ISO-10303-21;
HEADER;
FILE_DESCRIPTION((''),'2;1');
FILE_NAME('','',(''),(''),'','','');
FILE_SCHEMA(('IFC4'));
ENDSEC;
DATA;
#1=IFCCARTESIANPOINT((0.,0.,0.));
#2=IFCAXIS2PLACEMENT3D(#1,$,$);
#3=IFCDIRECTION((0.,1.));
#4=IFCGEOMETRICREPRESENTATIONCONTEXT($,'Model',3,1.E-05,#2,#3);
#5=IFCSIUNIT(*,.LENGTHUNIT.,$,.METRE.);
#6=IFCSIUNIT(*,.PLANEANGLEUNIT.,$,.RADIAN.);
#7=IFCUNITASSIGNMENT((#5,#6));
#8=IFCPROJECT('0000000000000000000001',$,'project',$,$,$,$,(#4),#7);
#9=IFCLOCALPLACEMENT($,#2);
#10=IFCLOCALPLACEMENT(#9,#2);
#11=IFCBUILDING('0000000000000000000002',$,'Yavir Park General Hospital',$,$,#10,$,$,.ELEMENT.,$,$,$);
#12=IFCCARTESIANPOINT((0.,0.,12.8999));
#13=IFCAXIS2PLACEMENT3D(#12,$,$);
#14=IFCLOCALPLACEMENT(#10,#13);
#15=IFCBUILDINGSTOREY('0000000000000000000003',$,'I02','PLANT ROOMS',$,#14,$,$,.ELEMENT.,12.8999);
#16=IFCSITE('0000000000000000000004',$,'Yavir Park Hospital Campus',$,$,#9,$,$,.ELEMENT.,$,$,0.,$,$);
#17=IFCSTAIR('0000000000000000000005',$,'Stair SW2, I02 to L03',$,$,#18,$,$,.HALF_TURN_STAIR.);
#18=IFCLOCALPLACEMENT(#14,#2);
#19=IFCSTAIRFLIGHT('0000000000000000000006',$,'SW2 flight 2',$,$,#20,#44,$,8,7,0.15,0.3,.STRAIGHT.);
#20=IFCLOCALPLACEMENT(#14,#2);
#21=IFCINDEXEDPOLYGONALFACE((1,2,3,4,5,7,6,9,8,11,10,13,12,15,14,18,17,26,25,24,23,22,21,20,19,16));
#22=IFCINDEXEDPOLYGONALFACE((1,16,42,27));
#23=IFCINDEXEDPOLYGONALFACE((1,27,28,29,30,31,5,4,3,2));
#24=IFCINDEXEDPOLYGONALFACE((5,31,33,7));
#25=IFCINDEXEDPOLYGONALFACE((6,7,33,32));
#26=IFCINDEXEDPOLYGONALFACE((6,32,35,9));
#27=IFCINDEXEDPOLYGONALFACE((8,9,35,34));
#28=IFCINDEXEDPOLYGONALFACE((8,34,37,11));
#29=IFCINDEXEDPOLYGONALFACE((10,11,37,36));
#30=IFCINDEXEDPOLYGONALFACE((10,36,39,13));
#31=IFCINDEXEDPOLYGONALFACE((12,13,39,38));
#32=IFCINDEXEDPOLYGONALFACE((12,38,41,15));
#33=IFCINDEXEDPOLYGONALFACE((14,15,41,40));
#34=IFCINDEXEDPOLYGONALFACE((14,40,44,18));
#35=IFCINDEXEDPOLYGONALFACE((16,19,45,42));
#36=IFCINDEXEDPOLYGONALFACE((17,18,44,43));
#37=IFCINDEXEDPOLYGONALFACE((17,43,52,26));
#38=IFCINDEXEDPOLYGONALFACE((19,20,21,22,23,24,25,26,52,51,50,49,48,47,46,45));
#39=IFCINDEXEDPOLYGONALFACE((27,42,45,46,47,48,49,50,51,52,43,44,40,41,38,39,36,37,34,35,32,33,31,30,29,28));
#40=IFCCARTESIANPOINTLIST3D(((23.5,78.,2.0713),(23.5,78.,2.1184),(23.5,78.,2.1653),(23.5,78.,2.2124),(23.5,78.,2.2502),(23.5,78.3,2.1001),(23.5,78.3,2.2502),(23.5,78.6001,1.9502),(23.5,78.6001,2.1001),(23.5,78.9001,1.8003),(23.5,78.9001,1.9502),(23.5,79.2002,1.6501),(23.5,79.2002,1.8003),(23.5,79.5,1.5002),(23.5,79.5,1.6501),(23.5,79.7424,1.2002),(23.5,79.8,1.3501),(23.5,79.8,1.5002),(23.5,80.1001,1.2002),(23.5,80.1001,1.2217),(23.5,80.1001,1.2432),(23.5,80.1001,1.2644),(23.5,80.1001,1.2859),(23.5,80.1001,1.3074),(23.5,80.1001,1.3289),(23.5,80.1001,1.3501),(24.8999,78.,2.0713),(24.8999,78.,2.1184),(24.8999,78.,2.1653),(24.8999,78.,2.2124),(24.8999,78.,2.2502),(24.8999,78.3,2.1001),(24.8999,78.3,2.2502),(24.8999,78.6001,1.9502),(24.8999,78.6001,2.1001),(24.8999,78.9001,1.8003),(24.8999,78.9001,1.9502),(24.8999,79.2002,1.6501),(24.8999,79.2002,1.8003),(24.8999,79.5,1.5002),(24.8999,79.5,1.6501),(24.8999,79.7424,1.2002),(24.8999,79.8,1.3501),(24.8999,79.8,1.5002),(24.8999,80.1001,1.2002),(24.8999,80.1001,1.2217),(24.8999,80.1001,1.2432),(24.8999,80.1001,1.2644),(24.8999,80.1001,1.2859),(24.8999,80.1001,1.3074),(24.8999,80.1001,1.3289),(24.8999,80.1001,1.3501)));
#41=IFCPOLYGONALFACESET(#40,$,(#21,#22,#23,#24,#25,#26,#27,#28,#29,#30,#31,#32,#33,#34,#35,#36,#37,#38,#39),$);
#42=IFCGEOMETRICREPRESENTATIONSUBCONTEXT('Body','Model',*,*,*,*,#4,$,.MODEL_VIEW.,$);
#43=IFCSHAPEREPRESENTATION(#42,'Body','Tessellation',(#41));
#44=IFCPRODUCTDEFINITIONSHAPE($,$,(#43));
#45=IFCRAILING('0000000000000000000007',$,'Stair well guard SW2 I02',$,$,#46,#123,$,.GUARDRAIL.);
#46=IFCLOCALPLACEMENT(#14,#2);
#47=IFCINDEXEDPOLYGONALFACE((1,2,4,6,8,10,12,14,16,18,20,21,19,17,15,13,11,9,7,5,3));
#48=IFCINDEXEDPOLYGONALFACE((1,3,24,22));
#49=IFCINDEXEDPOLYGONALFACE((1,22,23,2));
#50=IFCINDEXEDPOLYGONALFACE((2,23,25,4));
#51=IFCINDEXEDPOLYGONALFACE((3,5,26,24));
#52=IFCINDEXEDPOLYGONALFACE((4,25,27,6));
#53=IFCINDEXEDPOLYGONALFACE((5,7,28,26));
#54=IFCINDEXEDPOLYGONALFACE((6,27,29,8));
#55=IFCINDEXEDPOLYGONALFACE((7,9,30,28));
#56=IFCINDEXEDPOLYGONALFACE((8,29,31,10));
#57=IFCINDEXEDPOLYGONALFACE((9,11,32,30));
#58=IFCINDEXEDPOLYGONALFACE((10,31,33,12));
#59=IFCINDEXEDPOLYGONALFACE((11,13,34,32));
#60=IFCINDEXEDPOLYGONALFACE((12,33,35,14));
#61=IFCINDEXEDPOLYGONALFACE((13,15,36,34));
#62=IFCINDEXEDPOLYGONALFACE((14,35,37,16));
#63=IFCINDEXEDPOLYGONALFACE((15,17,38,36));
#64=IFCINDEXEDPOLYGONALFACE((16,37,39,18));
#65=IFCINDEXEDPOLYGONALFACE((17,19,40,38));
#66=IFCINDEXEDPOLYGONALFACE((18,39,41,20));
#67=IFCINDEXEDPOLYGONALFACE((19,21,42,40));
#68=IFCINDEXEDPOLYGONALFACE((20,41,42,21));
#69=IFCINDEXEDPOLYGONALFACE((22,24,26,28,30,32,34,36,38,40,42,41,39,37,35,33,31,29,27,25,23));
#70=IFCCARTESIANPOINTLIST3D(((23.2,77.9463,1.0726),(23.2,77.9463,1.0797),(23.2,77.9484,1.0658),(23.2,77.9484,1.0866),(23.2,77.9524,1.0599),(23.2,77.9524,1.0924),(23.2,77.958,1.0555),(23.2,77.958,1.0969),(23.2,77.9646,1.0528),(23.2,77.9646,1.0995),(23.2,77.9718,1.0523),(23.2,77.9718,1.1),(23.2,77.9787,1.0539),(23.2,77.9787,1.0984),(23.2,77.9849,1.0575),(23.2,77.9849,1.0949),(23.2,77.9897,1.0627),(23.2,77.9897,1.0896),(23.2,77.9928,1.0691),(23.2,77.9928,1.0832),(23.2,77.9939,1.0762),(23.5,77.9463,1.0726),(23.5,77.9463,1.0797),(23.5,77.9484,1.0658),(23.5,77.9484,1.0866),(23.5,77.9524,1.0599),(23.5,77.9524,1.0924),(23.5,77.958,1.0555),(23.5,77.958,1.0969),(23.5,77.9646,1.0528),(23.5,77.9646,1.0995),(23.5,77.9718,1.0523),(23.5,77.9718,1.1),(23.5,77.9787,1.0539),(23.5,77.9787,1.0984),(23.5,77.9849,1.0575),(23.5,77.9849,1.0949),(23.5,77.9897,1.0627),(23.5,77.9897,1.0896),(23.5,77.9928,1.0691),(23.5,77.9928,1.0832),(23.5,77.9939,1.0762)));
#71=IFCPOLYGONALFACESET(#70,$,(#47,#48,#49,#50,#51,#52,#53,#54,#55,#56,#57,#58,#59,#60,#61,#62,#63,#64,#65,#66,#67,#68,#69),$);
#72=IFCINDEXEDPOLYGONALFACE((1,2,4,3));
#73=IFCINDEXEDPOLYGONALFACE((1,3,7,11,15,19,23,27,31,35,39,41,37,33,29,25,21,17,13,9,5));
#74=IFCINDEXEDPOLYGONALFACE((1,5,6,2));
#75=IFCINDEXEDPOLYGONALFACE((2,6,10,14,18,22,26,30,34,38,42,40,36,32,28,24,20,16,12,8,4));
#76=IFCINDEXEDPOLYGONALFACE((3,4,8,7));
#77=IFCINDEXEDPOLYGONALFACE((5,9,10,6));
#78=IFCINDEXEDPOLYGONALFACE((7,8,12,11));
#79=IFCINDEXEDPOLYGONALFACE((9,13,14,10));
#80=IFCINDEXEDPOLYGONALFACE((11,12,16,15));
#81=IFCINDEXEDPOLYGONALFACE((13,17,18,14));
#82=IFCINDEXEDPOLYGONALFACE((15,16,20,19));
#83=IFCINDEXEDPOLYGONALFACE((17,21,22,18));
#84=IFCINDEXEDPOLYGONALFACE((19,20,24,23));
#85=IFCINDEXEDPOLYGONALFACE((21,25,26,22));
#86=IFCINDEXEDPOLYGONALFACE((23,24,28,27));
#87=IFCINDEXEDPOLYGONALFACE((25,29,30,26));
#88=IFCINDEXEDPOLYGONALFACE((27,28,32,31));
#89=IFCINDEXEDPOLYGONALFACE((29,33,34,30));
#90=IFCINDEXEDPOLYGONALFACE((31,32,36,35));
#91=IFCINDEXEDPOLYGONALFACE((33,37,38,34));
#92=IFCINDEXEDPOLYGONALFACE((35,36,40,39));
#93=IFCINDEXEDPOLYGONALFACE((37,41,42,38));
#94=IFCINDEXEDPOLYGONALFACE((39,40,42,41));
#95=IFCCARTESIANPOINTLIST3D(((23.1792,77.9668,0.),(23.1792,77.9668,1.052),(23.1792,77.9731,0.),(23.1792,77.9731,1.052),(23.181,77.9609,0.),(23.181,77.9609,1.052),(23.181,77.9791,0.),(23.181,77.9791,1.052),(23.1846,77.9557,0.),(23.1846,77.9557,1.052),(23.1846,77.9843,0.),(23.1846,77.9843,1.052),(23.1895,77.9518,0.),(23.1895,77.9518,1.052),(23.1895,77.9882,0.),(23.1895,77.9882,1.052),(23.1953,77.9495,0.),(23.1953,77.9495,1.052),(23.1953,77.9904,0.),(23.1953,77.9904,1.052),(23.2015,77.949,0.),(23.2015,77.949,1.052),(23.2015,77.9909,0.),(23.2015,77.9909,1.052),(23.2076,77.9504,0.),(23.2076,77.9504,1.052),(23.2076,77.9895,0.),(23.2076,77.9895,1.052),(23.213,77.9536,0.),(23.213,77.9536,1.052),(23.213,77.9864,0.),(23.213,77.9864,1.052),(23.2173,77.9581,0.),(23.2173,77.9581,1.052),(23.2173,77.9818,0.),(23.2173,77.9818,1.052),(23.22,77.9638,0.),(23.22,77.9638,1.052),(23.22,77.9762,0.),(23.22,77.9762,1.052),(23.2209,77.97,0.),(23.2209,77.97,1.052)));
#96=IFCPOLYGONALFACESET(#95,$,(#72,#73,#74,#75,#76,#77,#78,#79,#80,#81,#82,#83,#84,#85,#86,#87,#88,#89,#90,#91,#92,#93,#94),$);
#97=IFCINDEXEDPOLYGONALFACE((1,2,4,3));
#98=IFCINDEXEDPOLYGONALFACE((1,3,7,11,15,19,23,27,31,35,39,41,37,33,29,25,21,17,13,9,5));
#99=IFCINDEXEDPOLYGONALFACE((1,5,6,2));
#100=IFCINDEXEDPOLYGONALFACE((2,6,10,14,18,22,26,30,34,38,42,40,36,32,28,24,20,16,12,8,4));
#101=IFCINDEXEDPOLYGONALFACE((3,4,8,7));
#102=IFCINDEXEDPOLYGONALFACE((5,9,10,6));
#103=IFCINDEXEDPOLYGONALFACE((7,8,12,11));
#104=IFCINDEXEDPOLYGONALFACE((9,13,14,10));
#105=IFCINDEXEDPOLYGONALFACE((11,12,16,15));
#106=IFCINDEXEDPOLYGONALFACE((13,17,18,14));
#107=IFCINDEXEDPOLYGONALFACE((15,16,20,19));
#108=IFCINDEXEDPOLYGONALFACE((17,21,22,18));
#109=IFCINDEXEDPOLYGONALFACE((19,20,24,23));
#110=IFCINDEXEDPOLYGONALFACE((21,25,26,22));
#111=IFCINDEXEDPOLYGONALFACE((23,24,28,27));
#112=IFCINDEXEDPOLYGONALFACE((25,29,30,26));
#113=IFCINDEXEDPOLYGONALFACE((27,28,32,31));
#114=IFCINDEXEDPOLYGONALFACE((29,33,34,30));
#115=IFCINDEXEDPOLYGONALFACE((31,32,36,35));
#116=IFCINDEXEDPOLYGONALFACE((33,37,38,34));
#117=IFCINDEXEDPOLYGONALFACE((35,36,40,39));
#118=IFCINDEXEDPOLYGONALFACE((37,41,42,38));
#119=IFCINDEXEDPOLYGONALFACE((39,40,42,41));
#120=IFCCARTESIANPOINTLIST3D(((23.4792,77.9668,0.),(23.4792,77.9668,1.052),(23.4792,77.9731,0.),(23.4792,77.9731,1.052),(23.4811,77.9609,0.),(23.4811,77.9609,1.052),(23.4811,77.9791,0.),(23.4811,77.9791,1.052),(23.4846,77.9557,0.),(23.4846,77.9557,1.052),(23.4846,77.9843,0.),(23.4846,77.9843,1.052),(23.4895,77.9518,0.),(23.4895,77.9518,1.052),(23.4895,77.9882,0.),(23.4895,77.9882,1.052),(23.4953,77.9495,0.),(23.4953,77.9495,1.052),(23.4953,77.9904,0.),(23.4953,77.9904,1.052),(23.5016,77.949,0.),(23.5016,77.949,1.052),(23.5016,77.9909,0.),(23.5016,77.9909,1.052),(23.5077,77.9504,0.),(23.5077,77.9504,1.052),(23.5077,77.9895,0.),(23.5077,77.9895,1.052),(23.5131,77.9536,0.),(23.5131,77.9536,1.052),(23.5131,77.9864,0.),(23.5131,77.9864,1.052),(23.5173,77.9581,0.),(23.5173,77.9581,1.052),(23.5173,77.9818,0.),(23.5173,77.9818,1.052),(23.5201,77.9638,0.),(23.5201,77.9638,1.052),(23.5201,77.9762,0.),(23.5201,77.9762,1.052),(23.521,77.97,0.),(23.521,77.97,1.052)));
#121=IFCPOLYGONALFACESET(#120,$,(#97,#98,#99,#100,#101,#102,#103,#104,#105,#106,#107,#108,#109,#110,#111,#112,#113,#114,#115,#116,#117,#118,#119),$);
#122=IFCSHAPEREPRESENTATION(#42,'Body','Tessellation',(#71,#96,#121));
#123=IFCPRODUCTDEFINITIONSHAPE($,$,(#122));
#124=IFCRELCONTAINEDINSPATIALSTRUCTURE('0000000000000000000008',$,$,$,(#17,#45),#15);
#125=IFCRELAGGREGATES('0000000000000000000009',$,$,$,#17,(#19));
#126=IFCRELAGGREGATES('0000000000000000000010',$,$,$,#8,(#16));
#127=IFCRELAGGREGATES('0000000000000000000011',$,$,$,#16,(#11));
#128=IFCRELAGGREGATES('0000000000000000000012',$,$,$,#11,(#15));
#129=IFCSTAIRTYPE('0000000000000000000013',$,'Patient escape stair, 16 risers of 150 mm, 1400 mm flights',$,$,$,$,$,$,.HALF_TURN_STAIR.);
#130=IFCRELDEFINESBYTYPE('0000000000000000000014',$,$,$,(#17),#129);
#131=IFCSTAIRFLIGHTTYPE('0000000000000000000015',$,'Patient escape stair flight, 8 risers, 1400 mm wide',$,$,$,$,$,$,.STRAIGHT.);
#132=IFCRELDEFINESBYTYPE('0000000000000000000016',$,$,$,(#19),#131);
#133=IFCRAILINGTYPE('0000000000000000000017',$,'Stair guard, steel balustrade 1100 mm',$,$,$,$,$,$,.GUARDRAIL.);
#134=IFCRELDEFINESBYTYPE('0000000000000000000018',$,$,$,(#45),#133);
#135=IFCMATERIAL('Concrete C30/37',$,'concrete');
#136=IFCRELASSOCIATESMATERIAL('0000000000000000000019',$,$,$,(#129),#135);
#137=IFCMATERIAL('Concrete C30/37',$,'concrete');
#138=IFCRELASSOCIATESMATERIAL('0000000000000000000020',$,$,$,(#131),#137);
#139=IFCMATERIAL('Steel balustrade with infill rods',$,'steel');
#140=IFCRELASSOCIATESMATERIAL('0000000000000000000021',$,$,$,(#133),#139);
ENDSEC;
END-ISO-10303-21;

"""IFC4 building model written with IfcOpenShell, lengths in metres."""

from ifc_helpers import new_model, si_unit, direction, frame, origin, origin_2d, place, context, subcontext, project, spatial, polyline, circle, outline, extrude, material, type_object, element, aggregate, save


model = new_model("IFC4")

# Units and contexts
model_context = context("Model", 3, precision=1e-05, world=origin(), true_north=direction((0.0, 1.0)))
body_context = subcontext(model_context, "Body", "Model", "MODEL_VIEW")
ifc_project = project(units=[si_unit("LENGTHUNIT", "METRE"), si_unit("PLANEANGLEUNIT", "RADIAN")], contexts=[model_context])

# Site, building, storey
site_placement = place(None, origin())
site = spatial("IfcSite", under=ifc_project, at=site_placement, Name="Yavir Park Hospital Campus", CompositionType="ELEMENT", RefElevation=0.0)
building_placement = place(site_placement, origin())
building = spatial("IfcBuilding", under=site, at=building_placement, Name="Yavir Park General Hospital", CompositionType="ELEMENT")
storey_placement = place(building_placement, frame((0.0, 0.0, 12.8999)))
storey = spatial("IfcBuildingStorey", under=building, at=storey_placement, Name="I02", Description="PLANT ROOMS", CompositionType="ELEMENT", Elevation=12.8999)

# Stair, stair flight
ifc_material_1 = material(Name="Concrete C30/37", Category="concrete")
stair_type = type_object("IfcStairType", Name="Patient escape stair, 16 risers of 150 mm, 1400 mm flights", PredefinedType="HALF_TURN_STAIR", material=ifc_material_1)
stair_placement = place(storey_placement, origin())
stair = element("IfcStair", 1, at=stair_placement, inside=storey, type_object=stair_type, Name="Stair SW2, I02 to L03", PredefinedType="HALF_TURN_STAIR")
ifc_material_2 = material(Name="Concrete C30/37", Category="concrete")
stair_flight_type = type_object("IfcStairFlightType", Name="Patient escape stair flight, 8 risers, 1400 mm wide", PredefinedType="STRAIGHT", material=ifc_material_2)
stair_flight_1_placement = place(storey_placement, frame((24.2, 80.1001, 1.2002), z_axis=(0.0, 0.0, 1.0), x_axis=(0.0, -1.0, 0.0)))
stair_flight_1 = element("IfcStairFlight", 2, at=stair_flight_1_placement, type_object=stair_flight_type, Name="SW2 flight 2", NumberOfRisers=8, NumberOfTreads=7, PredefinedType="STRAIGHT", RiserHeight=0.15, TreadLength=0.3, context=body_context, shape_type="SweptSolid", body=[
    extrude(outline(polyline([(0.0, 0.0), (0.0, 0.0215), (0.0, 0.043), (0.0, 0.0642), (0.0, 0.0857), (0.0, 0.1072), (0.0, 0.1287), (0.0, 0.1499), (0.3, 0.1499), (0.3, 0.3), (0.6001, 0.3), (0.6001, 0.45), (0.8999, 0.45), (0.8999, 0.6001), (1.2, 0.6001), (1.2, 0.75), (1.5, 0.75), (1.5, 0.8999), (1.8, 0.8999), (1.8, 1.05), (2.1001, 1.05), (2.1001, 1.2), (2.1001, 1.1531), (2.1001, 1.106), (2.1001, 1.0591), (2.1001, 1.0122), (2.1001, 0.9651), (2.1001, 0.9182), (2.1001, 0.8711), (0.3577, 0.0), (0.0, 0.0)])), frame((0.0, 0.7, 0.0), z_axis=(0.0, -1.0, 0.0), x_axis=(1.0, 0.0, 0.0)), (0.0, 0.0, 1.0), 1.3999),
])
aggregate(stair, [stair_flight_1])

# Railing
ifc_material_3 = material(Name="Steel balustrade with infill rods", Category="steel")
railing_type_1 = type_object("IfcRailingType", Name="Stair guard, steel balustrade 1100 mm", PredefinedType="GUARDRAIL", material=ifc_material_3)
railing_placement = place(storey_placement, frame((23.2, 77.97, 0.0)))
element("IfcRailing", 3, at=railing_placement, inside=storey, type_object=railing_type_1, Name="Stair well guard SW2 I02", PredefinedType="GUARDRAIL", context=body_context, shape_type="SweptSolid", body=[
    extrude(circle(Radius=0.0239, at=origin_2d()), frame((0.0, 0.0, 1.0762), z_axis=(1.0, 0.0, 0.0), x_axis=(0.0, 1.0, 0.0)), (0.0, 0.0, 1.0), 0.3),
    extrude(circle(Radius=0.021, at=origin_2d()), origin(), (0.0, 0.0, 1.0), 1.052),
    extrude(circle(Radius=0.021, at=origin_2d()), frame((0.3, 0.0, 0.0)), (0.0, 0.0, 1.0), 1.052),
])

save(model, "model.ifc")
